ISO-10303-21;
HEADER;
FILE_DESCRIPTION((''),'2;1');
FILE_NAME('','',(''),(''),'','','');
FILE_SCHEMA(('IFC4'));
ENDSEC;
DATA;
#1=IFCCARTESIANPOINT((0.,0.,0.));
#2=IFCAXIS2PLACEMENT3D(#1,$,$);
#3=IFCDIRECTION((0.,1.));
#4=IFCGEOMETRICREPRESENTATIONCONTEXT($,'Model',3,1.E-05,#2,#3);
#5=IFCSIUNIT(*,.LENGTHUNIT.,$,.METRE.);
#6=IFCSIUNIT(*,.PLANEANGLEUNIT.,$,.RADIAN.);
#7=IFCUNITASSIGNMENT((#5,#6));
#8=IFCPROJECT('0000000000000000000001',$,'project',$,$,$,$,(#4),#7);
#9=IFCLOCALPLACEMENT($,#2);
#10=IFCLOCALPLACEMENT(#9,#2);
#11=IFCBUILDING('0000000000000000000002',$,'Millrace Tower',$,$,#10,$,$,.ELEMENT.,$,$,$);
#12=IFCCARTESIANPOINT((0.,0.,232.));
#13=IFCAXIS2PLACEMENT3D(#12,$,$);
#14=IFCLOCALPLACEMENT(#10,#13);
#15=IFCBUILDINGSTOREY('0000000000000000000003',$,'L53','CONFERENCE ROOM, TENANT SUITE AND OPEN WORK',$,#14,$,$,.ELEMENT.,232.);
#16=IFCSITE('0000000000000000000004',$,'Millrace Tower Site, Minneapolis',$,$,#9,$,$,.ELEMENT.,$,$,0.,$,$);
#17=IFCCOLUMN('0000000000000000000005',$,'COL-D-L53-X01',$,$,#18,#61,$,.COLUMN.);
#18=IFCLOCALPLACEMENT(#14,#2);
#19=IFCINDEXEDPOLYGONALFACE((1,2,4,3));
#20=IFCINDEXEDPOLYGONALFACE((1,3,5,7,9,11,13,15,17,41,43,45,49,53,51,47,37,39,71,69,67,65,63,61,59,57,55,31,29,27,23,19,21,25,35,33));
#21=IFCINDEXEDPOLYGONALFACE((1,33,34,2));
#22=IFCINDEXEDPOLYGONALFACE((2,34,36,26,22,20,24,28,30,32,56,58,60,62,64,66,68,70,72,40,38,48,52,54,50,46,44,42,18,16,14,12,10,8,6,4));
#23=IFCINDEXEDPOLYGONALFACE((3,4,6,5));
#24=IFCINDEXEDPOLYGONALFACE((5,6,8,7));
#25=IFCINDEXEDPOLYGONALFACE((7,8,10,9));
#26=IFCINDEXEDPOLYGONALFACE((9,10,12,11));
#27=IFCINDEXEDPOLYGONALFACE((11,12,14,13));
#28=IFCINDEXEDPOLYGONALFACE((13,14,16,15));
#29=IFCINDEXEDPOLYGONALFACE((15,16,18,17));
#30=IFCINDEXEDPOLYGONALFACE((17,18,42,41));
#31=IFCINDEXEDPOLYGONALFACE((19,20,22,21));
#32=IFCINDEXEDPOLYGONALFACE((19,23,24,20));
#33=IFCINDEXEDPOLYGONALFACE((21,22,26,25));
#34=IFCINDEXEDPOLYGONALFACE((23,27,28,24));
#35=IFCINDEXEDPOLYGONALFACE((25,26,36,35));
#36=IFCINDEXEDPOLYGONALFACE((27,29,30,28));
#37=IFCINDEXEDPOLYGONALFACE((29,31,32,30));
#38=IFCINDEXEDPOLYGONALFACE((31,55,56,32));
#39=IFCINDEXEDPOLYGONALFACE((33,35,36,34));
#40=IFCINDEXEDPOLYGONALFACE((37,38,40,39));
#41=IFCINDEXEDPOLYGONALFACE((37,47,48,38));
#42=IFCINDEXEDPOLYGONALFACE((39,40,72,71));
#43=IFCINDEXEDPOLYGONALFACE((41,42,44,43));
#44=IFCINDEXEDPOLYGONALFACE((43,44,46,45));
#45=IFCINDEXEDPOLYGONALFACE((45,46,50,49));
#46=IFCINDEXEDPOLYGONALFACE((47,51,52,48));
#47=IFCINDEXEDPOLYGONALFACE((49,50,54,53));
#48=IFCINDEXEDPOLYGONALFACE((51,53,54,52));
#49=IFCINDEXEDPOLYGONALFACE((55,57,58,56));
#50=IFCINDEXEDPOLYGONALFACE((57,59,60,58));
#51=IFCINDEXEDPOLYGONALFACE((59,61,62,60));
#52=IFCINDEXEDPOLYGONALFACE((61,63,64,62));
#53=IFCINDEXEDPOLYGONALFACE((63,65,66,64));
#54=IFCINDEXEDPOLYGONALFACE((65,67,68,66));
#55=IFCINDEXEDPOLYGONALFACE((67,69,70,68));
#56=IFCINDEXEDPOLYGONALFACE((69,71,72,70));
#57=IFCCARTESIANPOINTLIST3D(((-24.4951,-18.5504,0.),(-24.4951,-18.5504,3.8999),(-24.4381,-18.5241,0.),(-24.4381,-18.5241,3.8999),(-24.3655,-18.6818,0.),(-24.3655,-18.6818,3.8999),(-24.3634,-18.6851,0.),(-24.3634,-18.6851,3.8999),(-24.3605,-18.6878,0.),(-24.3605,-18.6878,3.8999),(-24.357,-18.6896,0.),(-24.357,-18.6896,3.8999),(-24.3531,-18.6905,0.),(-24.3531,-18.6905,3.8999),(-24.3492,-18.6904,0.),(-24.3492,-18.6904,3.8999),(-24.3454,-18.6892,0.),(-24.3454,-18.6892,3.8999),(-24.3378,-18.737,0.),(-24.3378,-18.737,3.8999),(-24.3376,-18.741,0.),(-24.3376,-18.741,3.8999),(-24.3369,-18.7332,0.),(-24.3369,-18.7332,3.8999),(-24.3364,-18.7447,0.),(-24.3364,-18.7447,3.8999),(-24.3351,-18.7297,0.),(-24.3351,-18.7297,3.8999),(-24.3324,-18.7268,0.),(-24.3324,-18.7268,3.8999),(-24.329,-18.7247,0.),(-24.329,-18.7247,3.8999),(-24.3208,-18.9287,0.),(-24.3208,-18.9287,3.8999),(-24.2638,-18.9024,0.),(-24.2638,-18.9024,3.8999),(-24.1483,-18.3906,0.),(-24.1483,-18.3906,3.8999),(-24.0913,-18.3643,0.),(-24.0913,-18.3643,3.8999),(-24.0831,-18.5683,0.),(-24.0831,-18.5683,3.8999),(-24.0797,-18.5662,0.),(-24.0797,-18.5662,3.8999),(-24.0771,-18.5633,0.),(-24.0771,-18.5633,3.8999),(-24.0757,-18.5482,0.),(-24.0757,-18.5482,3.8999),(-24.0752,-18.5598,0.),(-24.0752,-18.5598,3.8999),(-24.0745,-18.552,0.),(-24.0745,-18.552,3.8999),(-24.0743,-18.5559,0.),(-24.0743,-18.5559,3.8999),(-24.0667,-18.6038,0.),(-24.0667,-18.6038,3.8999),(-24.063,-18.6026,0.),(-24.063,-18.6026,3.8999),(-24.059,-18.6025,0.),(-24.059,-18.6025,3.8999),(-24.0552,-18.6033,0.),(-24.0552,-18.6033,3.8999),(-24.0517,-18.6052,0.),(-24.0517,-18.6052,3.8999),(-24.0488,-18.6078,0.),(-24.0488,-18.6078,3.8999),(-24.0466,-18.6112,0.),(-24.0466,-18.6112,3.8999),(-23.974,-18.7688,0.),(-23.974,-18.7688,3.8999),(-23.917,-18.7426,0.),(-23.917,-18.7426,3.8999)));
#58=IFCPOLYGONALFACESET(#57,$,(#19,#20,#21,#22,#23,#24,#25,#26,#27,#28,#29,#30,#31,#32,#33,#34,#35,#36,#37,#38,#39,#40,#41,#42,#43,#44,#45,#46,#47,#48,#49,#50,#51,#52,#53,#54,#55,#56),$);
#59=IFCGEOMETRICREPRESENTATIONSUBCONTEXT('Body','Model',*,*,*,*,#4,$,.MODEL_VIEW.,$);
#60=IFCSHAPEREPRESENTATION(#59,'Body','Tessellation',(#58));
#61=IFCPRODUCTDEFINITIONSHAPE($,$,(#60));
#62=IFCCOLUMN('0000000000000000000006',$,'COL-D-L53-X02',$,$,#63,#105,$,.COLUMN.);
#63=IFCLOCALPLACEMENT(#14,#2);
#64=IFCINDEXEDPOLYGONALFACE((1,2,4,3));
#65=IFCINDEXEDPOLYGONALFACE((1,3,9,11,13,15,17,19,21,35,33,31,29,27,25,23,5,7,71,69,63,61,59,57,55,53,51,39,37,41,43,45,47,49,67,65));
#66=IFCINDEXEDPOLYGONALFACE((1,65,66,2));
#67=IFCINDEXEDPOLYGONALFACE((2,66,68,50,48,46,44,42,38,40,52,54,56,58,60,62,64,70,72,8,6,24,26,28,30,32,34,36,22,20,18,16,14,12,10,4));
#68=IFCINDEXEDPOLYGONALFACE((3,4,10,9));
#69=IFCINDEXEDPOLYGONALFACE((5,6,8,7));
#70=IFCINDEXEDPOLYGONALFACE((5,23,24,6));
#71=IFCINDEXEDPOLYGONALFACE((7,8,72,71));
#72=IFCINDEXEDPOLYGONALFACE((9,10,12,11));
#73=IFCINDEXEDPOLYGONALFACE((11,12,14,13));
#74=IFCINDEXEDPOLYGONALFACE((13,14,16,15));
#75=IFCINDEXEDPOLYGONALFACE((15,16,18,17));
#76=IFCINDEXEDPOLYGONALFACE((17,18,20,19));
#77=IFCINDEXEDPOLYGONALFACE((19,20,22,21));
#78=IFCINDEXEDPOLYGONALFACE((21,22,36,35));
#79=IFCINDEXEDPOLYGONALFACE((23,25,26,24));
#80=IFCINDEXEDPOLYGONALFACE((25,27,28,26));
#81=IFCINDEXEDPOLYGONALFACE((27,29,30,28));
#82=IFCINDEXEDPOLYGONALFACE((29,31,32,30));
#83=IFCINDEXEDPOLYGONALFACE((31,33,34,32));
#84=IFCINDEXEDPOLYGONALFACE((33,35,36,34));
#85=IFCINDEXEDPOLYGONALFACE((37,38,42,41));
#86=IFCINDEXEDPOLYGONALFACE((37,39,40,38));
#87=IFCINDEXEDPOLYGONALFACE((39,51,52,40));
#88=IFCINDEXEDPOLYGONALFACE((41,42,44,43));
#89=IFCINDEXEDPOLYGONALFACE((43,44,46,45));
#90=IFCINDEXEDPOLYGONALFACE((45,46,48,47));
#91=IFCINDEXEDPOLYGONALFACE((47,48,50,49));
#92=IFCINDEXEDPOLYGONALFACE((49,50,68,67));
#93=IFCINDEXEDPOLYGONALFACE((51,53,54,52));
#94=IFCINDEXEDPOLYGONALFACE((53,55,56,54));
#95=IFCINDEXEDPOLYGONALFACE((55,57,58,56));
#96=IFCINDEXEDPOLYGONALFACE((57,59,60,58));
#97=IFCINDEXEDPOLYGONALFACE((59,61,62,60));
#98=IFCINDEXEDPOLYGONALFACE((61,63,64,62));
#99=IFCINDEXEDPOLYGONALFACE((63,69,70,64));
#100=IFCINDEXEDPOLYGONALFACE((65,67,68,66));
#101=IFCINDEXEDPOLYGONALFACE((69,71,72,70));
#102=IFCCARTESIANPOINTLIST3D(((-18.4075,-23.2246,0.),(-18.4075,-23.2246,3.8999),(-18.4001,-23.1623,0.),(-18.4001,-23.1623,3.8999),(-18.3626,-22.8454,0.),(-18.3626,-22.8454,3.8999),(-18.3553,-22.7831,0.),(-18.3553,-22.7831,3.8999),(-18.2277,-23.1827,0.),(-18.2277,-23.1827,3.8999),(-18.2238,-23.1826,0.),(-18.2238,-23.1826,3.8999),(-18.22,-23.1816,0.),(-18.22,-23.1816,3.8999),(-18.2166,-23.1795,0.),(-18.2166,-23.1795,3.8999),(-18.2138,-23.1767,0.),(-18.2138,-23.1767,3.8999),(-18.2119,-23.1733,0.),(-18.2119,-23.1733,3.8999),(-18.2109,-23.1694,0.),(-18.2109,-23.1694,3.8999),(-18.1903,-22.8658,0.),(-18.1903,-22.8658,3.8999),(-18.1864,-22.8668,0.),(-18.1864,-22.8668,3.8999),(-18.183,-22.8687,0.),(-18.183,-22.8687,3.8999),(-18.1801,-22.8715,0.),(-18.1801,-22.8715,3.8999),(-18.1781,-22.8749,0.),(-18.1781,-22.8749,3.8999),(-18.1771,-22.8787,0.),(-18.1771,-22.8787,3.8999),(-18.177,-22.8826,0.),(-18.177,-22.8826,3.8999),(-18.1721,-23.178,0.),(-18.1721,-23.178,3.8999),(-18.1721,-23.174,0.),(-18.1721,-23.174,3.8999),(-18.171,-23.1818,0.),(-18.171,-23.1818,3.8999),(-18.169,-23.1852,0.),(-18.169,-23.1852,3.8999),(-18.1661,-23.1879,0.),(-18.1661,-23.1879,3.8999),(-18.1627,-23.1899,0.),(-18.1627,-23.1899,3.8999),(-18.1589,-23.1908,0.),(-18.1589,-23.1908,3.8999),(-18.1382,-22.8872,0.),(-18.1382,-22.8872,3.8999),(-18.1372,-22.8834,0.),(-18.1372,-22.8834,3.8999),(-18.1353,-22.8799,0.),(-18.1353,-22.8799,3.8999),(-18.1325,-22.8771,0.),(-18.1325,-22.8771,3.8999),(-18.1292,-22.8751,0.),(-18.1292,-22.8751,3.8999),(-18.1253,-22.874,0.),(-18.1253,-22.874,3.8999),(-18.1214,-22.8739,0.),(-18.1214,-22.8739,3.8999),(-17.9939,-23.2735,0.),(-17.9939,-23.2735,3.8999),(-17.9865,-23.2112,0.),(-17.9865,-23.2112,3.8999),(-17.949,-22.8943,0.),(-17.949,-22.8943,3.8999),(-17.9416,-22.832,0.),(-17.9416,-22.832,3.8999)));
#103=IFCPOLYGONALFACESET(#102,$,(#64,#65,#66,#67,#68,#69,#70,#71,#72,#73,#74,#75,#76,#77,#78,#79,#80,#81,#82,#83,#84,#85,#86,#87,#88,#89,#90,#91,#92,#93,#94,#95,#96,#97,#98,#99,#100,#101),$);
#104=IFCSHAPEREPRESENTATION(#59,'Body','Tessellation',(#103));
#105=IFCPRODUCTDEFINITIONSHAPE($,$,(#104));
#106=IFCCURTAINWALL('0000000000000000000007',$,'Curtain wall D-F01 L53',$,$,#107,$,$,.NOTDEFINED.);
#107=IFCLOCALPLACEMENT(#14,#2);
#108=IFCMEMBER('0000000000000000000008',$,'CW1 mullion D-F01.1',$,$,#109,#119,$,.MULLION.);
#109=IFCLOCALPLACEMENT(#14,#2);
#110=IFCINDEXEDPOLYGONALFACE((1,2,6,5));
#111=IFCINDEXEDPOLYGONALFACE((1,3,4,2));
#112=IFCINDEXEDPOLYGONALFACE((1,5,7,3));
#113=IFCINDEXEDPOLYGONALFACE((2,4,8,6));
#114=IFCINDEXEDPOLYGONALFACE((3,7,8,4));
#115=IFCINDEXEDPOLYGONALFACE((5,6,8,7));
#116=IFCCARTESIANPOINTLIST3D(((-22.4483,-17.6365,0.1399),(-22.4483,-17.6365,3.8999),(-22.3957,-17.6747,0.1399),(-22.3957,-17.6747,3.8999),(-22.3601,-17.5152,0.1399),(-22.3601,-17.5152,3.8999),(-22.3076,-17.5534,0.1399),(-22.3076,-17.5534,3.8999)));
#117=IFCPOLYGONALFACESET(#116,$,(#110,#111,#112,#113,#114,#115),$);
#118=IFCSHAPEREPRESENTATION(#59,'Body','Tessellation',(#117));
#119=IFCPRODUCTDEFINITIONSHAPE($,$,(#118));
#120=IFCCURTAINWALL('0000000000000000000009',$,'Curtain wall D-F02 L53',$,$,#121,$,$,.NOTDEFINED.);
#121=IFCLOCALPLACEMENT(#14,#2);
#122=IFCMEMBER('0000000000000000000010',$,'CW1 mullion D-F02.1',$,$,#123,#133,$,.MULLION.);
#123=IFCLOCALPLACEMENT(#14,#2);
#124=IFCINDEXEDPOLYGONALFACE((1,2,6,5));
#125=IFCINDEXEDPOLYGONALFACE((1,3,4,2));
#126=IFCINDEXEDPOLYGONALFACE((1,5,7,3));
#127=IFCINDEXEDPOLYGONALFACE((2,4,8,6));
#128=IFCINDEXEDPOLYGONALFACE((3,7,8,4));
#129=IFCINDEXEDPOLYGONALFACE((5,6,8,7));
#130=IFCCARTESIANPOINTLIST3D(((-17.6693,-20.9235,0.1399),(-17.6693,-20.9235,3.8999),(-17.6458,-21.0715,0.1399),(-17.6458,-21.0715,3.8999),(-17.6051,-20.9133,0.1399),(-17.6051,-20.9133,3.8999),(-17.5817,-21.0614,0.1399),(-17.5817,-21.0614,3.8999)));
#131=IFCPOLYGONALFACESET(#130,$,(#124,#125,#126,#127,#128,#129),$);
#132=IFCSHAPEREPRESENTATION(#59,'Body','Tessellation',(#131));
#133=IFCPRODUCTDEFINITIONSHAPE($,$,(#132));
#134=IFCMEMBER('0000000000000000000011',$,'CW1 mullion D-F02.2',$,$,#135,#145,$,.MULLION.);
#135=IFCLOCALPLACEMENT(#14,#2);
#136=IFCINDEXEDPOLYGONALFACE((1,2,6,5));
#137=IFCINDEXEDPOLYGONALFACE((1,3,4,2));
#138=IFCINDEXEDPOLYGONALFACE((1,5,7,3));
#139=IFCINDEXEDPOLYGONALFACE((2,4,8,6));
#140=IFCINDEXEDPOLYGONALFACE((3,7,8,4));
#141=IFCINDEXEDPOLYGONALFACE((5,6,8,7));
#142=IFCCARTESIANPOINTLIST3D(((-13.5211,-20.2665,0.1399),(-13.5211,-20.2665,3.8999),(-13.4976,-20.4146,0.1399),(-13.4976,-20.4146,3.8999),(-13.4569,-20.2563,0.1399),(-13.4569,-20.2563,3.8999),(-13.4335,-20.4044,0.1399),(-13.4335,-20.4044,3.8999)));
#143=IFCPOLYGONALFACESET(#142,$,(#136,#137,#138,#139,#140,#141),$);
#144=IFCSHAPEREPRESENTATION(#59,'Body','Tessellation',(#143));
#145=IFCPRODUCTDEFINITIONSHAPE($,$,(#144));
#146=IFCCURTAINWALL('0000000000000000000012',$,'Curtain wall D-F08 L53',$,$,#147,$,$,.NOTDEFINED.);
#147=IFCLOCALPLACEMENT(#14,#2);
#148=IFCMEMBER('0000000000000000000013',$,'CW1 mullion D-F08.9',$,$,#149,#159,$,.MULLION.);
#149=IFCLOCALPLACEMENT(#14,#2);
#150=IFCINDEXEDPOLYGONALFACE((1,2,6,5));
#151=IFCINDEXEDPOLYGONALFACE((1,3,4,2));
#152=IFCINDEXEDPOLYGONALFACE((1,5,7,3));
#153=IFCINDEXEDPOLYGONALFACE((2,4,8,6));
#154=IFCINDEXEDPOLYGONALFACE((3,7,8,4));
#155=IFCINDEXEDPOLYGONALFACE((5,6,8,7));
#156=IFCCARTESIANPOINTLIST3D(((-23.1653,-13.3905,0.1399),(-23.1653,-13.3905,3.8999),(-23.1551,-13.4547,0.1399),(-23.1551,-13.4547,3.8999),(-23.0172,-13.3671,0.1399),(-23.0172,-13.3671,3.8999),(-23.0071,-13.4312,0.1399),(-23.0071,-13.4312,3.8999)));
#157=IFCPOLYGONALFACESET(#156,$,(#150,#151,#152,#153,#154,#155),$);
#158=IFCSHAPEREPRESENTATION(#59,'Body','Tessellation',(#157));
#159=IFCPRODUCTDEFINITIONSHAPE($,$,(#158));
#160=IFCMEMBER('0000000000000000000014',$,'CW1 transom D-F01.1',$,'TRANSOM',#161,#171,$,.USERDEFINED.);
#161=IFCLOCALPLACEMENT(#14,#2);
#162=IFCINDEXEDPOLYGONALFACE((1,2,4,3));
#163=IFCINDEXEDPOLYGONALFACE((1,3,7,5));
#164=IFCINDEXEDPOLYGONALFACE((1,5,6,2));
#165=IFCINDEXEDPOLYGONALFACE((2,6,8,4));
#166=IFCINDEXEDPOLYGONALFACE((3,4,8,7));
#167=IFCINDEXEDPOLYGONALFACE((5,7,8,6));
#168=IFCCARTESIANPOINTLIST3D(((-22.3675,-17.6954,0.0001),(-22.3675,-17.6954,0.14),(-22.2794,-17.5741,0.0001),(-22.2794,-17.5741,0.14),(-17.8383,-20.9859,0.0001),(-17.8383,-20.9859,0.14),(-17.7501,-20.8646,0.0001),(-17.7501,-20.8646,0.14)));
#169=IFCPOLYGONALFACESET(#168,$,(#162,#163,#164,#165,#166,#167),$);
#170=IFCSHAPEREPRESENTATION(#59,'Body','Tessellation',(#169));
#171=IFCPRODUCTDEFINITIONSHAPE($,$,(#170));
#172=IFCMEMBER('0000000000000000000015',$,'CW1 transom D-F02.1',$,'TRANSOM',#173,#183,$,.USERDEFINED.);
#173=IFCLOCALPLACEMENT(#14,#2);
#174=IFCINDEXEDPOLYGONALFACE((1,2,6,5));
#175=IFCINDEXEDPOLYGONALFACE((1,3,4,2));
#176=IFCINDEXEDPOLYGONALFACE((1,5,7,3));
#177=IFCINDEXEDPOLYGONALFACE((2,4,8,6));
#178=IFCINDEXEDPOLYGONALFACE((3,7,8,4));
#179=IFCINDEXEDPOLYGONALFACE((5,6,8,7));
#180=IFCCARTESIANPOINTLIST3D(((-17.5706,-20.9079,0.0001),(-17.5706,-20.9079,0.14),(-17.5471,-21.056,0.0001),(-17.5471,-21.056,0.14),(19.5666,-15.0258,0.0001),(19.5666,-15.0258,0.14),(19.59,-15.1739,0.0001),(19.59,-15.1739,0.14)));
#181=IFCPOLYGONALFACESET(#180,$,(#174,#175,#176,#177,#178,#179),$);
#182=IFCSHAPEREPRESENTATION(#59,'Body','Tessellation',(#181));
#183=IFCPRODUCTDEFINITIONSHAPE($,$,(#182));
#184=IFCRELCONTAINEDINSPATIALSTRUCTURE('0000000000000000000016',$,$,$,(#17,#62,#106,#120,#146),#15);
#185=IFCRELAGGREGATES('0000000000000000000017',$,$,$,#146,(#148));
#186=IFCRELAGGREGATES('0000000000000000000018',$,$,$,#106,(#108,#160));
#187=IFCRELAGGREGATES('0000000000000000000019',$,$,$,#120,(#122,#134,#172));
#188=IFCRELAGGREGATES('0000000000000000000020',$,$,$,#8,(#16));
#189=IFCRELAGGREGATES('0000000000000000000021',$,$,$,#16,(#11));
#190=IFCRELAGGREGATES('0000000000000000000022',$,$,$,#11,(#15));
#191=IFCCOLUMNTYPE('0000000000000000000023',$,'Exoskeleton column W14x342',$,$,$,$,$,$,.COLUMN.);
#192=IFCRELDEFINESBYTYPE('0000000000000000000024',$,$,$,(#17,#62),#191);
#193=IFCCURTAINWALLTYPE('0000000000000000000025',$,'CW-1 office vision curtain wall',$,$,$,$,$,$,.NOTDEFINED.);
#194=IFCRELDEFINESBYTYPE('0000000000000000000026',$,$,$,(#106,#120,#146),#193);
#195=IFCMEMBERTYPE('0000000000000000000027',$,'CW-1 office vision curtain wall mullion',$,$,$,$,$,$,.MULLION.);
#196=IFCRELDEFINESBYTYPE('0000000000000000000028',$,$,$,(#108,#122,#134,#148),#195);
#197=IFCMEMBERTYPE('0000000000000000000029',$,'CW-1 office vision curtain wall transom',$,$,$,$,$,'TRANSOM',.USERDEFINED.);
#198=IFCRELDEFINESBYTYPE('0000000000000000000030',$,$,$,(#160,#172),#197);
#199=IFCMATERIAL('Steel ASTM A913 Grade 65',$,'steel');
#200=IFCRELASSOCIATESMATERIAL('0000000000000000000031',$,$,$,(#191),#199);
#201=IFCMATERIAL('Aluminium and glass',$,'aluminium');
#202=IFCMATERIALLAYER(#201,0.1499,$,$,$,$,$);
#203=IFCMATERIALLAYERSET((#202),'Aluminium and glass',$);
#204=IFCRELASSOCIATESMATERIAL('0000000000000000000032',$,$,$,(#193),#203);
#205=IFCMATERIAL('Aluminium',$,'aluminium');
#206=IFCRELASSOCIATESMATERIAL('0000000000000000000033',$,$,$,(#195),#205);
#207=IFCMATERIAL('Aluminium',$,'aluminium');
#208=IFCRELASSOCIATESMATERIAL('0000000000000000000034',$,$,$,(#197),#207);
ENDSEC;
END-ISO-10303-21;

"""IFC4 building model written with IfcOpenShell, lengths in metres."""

from ifc_helpers import new_model, si_unit, direction, frame, origin, origin_2d, place, context, subcontext, project, spatial, rectangle, i_section, extrude, material, layer, layer_set, material_profile, profile_set, type_object, element, aggregate, save


model = new_model("IFC4")

# Units and contexts
model_context = context("Model", 3, precision=1e-05, world=origin(), true_north=direction((0.0, 1.0)))
body_context = subcontext(model_context, "Body", "Model", "MODEL_VIEW")
ifc_project = project(units=[si_unit("LENGTHUNIT", "METRE"), si_unit("PLANEANGLEUNIT", "RADIAN")], contexts=[model_context])

# Site, building, storey
site_placement = place(None, origin())
site = spatial("IfcSite", under=ifc_project, at=site_placement, Name="Millrace Tower Site, Minneapolis", CompositionType="ELEMENT", RefElevation=0.0)
building_placement = place(site_placement, origin())
building = spatial("IfcBuilding", under=site, at=building_placement, Name="Millrace Tower", CompositionType="ELEMENT")
storey_placement = place(building_placement, frame((0.0, 0.0, 232.0)))
storey = spatial("IfcBuildingStorey", under=building, at=storey_placement, Name="L53", Description="CONFERENCE ROOM, TENANT SUITE AND OPEN WORK", CompositionType="ELEMENT", Elevation=232.0)

# Columns
ifc_material_1 = material(Name="Steel ASTM A913 Grade 65", Category="steel")
ifc_material_profile_1 = material_profile(ifc_material_1, i_section(OverallWidth=0.4165, OverallDepth=0.4446, WebThickness=0.0391, FlangeThickness=0.0627, FilletRadius=0.0151, at=origin_2d()))
ifc_profile_set_1 = profile_set([ifc_material_profile_1], Name="Steel ASTM A913 Grade 65")
column_type = type_object("IfcColumnType", Name="Exoskeleton column W14x342", PredefinedType="COLUMN", material=ifc_profile_set_1)
for number, where, z_axis, x_axis, name in (
    (1, (-24.2061, -18.6465, 0.0), (0.0, 0.0, 1.0), (0.418553, -0.908192, 0.0), "COL-D-L53-X01"),
    (2, (-18.1746, -23.0283, 0.0), (0.0, 0.0, 1.0), (0.993082, -0.117421, 0.0), "COL-D-L53-X02"),
):
    element("IfcColumn", number, at=place(storey_placement, frame(where, z_axis=z_axis, x_axis=x_axis)), inside=storey, type_object=column_type, Name=name, PredefinedType="COLUMN", context=body_context, shape_type="SweptSolid", body=[
        extrude(i_section(OverallWidth=0.4165, OverallDepth=0.4446, WebThickness=0.0391, FlangeThickness=0.0627, FilletRadius=0.0151, at=origin_2d()), origin(), (0.0, 0.0, 1.0), 3.8999),
    ])

# Curtain wall, member
ifc_material_2 = material(Name="Aluminium and glass", Category="aluminium")
ifc_layer_1 = layer(ifc_material_2, 0.1499)
ifc_layer_set_1 = layer_set([ifc_layer_1], Name="Aluminium and glass")
curtain_wall_type = type_object("IfcCurtainWallType", Name="CW-1 office vision curtain wall", PredefinedType="NOTDEFINED", material=ifc_layer_set_1)
placement = place(storey_placement, origin())
curtain_wall_1 = element("IfcCurtainWall", 3, at=placement, inside=storey, type_object=curtain_wall_type, Name="Curtain wall D-F01 L53", PredefinedType="NOTDEFINED")
ifc_material_3 = material(Name="Aluminium", Category="aluminium")
ifc_material_profile_2 = material_profile(ifc_material_3, rectangle(XDim=0.0649, YDim=0.1499, at=origin_2d()))
ifc_profile_set_2 = profile_set([ifc_material_profile_2], Name="Aluminium")
member_type_1 = type_object("IfcMemberType", Name="CW-1 office vision curtain wall mullion", PredefinedType="MULLION", material=ifc_profile_set_2)
member_1_placement = place(storey_placement, frame((-22.3779, -17.595, 0.1399), z_axis=(0.0, 0.0, 1.0), x_axis=(0.809017, -0.587785, 0.0)))
member_1 = element("IfcMember", 4, at=member_1_placement, type_object=member_type_1, Name="CW1 mullion D-F01.1", PredefinedType="MULLION", context=body_context, shape_type="SweptSolid", body=[
    extrude(rectangle(XDim=0.0649, YDim=0.1499, at=origin_2d()), origin(), (0.0, 0.0, 1.0), 3.76),
])

# Curtain wall, members
curtain_wall_2 = element("IfcCurtainWall", 5, at=placement, inside=storey, type_object=curtain_wall_type, Name="Curtain wall D-F02 L53", PredefinedType="NOTDEFINED")
member_2_placement = place(storey_placement, frame((-17.6255, -20.9924, 0.1399), z_axis=(0.0, 0.0, 1.0), x_axis=(0.987688, 0.156434, 0.0)))
member_2 = element("IfcMember", 6, at=member_2_placement, type_object=member_type_1, Name="CW1 mullion D-F02.1", PredefinedType="MULLION", context=body_context, shape_type="SweptSolid", body=[
    extrude(rectangle(XDim=0.0649, YDim=0.1499, at=origin_2d()), origin(), (0.0, 0.0, 1.0), 3.76),
])
member_3_placement = place(storey_placement, frame((-13.4773, -20.3354, 0.1399), z_axis=(0.0, 0.0, 1.0), x_axis=(0.987688, 0.156434, 0.0)))
member_3 = element("IfcMember", 7, at=member_3_placement, type_object=member_type_1, Name="CW1 mullion D-F02.2", PredefinedType="MULLION", context=body_context, shape_type="SweptSolid", body=[
    extrude(rectangle(XDim=0.0649, YDim=0.1499, at=origin_2d()), origin(), (0.0, 0.0, 1.0), 3.76),
])

# Curtain wall, member
curtain_wall_3 = element("IfcCurtainWall", 8, at=placement, inside=storey, type_object=curtain_wall_type, Name="Curtain wall D-F08 L53", PredefinedType="NOTDEFINED")
member_4_placement = place(storey_placement, frame((-23.0862, -13.4109, 0.1399), z_axis=(0.0, 0.0, 1.0), x_axis=(0.156434, -0.987688, 0.0)))
member_4 = element("IfcMember", 9, at=member_4_placement, type_object=member_type_1, Name="CW1 mullion D-F08.9", PredefinedType="MULLION", context=body_context, shape_type="SweptSolid", body=[
    extrude(rectangle(XDim=0.0649, YDim=0.1499, at=origin_2d()), origin(), (0.0, 0.0, 1.0), 3.76),
])
aggregate(curtain_wall_3, [member_4])

# Members
ifc_material_4 = material(Name="Aluminium", Category="aluminium")
ifc_material_profile_3 = material_profile(ifc_material_4, rectangle(XDim=0.1499, YDim=0.1399, at=origin_2d()))
ifc_profile_set_3 = profile_set([ifc_material_profile_3], Name="Aluminium")
member_type_2 = type_object("IfcMemberType", Name="CW-1 office vision curtain wall transom", ElementType="TRANSOM", PredefinedType="USERDEFINED", material=ifc_profile_set_3)
member_5_placement = place(storey_placement, frame((-22.3235, -17.6348, 0.0701), z_axis=(0.809034, -0.587762, 0.0), x_axis=(0.587762, 0.809034, 0.0)))
member_5 = element("IfcMember", 10, at=member_5_placement, type_object=member_type_2, Name="CW1 transom D-F01.1", ObjectType="TRANSOM", PredefinedType="USERDEFINED", context=body_context, shape_type="SweptSolid", body=[
    extrude(rectangle(XDim=0.1499, YDim=0.1399, at=origin_2d()), origin(), (0.0, 0.0, 1.0), 5.5984),
])
aggregate(curtain_wall_1, [member_1, member_5])
member_6_placement = place(storey_placement, frame((-17.5588, -20.9819, 0.0701), z_axis=(0.987688, 0.156438, 0.0), x_axis=(-0.156438, 0.987688, 0.0)))
member_6 = element("IfcMember", 11, at=member_6_placement, type_object=member_type_2, Name="CW1 transom D-F02.1", ObjectType="TRANSOM", PredefinedType="USERDEFINED", context=body_context, shape_type="SweptSolid", body=[
    extrude(rectangle(XDim=0.1499, YDim=0.1399, at=origin_2d()), origin(), (0.0, 0.0, 1.0), 37.6001),
])
aggregate(curtain_wall_2, [member_2, member_3, member_6])

save(model, "model.ifc")
